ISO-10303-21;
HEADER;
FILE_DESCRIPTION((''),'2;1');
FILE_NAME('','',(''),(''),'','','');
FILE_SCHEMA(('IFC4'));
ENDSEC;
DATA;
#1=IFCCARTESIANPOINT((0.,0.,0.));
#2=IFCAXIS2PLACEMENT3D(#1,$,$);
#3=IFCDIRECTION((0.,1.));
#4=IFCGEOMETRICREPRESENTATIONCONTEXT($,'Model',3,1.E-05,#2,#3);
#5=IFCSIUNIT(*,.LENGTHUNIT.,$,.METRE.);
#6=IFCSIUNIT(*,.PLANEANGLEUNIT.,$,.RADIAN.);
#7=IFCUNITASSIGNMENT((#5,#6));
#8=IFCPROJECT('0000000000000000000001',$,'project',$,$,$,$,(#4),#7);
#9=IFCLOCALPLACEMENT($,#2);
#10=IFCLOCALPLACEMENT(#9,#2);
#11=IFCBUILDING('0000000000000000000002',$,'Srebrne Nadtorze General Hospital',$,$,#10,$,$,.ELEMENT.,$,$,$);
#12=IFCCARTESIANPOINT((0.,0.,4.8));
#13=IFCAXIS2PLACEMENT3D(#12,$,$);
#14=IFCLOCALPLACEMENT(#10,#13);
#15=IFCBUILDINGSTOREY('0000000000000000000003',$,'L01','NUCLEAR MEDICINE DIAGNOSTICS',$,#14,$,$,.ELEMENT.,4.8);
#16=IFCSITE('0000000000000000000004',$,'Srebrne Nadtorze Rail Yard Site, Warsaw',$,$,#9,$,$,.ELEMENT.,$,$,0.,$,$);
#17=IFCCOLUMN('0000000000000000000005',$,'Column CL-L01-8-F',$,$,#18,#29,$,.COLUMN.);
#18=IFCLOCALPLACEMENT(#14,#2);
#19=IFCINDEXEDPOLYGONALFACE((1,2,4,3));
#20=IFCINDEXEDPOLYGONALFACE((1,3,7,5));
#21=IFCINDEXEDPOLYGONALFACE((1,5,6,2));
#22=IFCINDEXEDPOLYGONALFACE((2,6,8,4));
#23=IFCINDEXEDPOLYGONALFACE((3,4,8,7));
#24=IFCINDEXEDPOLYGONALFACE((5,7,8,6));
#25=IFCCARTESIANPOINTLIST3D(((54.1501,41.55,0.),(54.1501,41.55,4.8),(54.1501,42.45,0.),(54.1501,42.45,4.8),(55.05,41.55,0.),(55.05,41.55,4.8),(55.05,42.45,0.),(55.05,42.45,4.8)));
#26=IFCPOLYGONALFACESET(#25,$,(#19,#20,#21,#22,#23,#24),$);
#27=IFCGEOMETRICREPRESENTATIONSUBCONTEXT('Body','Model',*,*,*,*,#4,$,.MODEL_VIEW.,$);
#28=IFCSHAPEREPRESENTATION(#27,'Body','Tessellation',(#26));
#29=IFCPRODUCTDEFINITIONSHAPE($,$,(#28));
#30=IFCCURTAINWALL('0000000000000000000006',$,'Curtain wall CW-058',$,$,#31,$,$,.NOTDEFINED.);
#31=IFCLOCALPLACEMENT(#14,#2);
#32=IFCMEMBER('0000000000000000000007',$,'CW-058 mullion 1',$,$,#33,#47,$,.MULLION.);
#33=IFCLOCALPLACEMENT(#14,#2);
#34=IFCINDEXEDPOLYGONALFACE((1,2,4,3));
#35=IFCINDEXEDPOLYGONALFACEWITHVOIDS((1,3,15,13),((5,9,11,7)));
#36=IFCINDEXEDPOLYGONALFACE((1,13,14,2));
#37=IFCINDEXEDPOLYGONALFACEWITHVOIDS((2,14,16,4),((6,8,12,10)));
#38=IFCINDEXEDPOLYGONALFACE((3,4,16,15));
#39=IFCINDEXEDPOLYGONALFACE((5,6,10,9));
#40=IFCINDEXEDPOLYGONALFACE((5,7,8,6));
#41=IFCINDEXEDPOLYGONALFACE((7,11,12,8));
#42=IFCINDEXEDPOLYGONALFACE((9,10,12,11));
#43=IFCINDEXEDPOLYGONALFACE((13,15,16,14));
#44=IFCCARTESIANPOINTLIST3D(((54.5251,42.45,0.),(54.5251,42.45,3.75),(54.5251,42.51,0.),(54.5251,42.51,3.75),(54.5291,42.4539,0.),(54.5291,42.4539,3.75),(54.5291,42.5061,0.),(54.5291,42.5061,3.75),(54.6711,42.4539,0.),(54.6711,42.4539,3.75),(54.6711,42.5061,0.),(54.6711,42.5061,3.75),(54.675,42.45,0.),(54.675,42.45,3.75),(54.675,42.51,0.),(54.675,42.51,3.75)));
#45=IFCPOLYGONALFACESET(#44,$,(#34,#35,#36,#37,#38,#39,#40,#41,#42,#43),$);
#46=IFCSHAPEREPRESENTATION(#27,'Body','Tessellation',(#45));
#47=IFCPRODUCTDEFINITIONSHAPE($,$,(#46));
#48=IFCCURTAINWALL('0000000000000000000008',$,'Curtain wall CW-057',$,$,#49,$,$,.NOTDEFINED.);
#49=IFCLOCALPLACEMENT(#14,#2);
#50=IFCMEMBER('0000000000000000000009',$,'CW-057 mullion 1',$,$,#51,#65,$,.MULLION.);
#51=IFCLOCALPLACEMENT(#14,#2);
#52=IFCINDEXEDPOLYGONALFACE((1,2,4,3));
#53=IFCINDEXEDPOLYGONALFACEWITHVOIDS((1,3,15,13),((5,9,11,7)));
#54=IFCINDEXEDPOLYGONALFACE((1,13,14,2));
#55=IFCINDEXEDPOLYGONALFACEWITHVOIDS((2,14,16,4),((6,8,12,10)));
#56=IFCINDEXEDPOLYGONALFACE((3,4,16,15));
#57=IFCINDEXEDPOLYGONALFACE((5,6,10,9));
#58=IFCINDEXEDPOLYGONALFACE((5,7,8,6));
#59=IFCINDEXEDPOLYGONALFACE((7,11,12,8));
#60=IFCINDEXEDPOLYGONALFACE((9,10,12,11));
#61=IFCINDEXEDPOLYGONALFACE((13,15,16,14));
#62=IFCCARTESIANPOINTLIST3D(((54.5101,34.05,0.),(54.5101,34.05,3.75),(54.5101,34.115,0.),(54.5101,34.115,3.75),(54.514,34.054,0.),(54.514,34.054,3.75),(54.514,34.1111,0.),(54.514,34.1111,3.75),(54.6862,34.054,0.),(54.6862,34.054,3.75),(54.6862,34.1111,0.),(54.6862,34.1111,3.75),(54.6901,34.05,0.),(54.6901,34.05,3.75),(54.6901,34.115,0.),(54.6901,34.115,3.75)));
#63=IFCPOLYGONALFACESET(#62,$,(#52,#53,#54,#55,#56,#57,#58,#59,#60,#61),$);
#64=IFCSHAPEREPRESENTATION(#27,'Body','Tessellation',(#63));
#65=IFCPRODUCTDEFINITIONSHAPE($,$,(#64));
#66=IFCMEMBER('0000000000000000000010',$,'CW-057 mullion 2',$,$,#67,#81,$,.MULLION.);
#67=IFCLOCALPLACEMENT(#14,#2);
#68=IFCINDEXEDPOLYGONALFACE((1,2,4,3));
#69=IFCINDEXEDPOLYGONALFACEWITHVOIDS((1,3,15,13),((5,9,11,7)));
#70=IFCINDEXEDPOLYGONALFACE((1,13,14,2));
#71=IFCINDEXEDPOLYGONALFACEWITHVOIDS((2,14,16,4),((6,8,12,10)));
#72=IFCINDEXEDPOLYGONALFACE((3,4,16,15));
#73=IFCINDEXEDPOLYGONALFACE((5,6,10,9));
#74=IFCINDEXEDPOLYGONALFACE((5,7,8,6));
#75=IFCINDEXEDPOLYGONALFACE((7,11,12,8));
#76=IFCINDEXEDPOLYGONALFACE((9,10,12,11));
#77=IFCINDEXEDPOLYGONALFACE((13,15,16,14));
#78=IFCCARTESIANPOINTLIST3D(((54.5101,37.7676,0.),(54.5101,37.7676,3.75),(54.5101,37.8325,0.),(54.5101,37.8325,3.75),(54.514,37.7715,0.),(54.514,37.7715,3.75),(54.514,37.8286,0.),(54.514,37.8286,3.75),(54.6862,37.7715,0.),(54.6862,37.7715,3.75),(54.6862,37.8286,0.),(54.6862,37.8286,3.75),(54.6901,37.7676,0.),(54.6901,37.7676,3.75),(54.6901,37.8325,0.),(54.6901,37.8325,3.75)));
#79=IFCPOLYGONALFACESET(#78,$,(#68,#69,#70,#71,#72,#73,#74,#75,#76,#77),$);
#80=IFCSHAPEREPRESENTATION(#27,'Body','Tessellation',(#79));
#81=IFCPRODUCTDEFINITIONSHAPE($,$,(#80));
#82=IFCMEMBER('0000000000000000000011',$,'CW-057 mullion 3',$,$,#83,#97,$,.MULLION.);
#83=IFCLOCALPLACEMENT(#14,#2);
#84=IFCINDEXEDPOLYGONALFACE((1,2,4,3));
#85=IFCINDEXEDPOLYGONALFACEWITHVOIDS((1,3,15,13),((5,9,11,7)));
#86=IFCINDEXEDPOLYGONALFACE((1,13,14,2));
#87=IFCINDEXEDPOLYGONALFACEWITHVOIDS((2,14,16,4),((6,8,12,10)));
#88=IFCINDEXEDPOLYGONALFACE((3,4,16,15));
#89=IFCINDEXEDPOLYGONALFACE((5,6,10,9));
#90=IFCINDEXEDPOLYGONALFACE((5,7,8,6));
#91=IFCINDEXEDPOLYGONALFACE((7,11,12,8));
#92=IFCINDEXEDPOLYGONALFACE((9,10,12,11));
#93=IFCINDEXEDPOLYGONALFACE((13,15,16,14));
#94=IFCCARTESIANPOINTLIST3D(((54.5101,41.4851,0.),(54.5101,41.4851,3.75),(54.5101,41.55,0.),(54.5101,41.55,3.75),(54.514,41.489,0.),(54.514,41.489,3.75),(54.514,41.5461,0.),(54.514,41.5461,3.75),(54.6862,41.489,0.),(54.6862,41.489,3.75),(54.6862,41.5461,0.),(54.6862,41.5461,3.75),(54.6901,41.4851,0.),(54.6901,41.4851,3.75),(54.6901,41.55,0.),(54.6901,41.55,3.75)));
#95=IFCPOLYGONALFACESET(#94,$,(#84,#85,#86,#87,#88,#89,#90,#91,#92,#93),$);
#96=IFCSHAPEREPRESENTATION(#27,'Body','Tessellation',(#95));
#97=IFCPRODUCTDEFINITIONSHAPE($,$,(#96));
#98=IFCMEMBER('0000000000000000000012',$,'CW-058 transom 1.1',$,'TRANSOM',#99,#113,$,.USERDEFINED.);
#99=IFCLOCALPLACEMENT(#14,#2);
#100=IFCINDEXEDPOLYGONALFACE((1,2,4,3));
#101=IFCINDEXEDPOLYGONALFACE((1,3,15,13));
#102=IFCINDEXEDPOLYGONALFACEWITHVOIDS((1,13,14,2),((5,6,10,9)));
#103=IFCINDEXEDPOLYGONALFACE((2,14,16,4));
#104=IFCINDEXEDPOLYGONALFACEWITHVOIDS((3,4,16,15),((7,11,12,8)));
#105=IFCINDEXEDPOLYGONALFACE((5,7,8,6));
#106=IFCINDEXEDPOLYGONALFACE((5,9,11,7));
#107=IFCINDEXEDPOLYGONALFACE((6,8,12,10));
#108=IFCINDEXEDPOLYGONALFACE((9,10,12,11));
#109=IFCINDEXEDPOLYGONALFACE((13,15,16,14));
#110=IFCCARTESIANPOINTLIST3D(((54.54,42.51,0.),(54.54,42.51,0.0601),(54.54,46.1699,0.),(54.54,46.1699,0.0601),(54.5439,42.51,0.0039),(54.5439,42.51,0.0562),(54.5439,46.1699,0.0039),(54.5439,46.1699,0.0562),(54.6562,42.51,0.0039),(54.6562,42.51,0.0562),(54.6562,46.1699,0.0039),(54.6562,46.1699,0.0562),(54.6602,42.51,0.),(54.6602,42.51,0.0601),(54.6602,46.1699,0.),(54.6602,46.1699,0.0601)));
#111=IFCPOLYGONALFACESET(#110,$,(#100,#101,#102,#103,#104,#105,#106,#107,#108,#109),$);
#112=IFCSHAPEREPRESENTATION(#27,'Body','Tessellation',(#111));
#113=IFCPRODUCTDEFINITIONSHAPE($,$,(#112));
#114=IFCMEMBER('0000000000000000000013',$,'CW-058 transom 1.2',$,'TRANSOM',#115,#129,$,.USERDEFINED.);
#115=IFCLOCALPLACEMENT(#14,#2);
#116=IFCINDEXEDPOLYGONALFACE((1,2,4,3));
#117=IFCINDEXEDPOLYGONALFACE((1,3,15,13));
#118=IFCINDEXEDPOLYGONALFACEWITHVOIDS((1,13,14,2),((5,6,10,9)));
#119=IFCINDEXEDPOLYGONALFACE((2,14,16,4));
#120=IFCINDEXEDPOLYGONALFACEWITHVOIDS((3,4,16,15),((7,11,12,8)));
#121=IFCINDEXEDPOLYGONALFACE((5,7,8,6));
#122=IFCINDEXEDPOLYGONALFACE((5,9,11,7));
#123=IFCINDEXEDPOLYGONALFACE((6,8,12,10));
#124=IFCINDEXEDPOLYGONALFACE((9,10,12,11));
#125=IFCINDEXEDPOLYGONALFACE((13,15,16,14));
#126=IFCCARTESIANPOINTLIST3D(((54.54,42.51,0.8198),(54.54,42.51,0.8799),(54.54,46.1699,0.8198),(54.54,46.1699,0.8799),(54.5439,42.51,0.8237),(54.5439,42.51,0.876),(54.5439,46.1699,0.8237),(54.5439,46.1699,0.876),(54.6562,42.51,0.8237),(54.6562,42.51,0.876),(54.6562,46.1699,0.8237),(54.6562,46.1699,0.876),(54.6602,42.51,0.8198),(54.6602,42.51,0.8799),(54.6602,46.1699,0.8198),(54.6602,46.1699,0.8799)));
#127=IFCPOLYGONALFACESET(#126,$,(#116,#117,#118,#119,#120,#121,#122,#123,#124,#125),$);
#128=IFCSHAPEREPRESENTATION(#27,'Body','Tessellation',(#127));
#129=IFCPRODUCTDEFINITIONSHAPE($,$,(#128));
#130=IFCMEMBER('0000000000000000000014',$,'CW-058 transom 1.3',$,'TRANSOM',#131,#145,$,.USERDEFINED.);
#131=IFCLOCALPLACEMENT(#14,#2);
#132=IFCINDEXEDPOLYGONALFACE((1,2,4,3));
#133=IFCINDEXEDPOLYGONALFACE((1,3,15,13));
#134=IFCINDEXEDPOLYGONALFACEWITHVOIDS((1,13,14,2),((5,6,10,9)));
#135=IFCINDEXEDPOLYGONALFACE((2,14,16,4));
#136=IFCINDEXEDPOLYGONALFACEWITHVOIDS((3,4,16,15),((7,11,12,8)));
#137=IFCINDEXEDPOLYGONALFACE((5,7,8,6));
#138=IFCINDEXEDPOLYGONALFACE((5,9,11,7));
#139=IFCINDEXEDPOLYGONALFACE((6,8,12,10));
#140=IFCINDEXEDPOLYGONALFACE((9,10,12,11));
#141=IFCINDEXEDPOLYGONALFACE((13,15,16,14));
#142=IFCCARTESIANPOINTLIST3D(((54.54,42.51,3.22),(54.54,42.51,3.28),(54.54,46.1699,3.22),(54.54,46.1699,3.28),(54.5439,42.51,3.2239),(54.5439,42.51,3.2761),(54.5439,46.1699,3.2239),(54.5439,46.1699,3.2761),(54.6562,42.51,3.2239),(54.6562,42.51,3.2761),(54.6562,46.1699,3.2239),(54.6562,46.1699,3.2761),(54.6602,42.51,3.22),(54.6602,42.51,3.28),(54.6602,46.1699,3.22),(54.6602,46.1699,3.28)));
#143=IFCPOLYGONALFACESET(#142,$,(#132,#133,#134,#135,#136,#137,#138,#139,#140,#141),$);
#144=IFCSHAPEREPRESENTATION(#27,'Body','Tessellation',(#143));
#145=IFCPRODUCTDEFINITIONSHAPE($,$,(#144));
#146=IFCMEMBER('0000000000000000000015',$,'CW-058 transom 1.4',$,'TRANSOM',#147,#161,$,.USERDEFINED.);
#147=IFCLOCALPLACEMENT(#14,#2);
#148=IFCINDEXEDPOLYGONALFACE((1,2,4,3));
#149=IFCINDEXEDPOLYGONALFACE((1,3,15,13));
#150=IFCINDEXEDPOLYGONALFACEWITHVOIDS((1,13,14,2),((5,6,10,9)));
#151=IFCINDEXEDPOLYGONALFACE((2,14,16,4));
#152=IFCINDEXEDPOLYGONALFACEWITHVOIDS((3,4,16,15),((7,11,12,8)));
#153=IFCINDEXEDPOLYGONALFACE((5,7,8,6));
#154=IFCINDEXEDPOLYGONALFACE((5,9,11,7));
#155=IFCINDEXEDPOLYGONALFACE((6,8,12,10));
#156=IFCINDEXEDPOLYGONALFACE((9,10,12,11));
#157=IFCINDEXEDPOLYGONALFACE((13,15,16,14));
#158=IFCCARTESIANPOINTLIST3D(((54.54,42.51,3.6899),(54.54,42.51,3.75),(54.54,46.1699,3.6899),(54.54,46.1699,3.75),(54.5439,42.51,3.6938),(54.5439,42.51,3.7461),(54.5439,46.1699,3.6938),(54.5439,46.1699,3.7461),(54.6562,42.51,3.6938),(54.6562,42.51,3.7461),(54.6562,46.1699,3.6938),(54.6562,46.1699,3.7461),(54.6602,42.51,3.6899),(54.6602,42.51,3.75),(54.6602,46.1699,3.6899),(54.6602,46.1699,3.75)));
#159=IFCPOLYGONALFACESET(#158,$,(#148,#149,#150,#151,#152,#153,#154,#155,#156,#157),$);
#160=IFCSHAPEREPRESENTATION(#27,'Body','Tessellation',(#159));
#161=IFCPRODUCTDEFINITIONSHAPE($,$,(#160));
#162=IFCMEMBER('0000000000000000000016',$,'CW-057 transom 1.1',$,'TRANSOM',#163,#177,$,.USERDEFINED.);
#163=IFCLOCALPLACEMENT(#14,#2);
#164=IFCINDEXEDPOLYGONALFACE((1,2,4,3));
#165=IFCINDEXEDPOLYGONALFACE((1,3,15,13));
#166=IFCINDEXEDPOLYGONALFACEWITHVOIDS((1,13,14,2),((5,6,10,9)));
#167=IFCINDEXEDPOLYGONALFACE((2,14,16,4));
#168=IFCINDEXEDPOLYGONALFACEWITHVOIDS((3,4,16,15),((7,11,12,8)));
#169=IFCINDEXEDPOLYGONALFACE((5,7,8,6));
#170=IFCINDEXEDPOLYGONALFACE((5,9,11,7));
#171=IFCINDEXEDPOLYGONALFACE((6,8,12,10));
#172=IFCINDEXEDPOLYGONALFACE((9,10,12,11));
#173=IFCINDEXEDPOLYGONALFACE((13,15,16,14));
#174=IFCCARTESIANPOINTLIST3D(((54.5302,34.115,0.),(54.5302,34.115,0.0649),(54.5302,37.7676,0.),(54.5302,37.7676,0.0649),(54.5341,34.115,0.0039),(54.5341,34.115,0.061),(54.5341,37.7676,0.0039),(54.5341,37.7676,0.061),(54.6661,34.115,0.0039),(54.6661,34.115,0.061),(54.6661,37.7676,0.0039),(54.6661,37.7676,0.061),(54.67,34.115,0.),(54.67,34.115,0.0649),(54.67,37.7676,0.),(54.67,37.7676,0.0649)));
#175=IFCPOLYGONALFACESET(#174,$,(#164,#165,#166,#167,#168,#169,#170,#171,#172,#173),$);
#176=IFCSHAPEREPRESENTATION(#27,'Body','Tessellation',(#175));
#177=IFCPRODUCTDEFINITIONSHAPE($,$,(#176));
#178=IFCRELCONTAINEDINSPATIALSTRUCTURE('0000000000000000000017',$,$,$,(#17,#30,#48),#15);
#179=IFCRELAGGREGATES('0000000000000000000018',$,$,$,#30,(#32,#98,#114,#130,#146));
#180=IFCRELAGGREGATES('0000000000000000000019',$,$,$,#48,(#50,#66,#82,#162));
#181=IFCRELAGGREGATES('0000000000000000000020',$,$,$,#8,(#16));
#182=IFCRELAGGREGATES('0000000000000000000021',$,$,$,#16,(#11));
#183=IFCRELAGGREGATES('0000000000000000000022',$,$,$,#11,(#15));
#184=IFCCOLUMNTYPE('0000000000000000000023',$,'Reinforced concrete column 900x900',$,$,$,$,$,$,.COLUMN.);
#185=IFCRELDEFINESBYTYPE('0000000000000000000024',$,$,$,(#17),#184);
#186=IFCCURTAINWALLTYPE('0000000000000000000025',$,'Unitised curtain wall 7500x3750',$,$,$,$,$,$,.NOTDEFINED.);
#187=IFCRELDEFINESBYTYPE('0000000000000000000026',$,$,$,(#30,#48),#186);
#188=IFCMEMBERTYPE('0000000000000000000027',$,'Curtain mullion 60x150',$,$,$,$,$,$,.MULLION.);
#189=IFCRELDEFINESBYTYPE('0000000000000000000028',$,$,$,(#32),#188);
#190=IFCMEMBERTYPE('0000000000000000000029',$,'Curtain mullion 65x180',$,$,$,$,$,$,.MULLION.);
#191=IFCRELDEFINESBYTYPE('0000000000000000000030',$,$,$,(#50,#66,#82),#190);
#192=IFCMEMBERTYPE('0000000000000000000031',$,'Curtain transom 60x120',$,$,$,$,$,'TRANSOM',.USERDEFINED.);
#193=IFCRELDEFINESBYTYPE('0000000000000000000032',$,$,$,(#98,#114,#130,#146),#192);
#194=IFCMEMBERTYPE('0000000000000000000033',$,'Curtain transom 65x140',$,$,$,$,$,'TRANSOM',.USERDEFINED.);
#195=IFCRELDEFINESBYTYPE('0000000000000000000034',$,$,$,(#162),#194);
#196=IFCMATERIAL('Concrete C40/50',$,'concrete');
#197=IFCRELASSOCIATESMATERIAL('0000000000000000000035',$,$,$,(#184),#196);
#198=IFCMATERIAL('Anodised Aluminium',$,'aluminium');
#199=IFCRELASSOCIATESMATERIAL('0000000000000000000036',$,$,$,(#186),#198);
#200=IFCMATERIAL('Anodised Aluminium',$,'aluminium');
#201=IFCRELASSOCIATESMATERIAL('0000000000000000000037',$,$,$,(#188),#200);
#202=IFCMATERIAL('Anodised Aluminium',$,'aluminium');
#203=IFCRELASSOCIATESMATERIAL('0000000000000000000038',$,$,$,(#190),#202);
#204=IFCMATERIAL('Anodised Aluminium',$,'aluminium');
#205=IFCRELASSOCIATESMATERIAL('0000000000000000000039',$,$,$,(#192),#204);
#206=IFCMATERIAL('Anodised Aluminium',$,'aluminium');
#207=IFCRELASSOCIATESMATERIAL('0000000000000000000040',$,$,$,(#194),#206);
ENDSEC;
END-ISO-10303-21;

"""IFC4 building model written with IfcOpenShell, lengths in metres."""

from ifc_helpers import new_model, si_unit, direction, frame, origin, origin_2d, place, context, subcontext, project, spatial, rectangle, hollow_rectangle, extrude, material, material_profile, profile_set, type_object, element, aggregate, save


model = new_model("IFC4")

# Units and contexts
model_context = context("Model", 3, precision=1e-05, world=origin(), true_north=direction((0.0, 1.0)))
body_context = subcontext(model_context, "Body", "Model", "MODEL_VIEW")
ifc_project = project(units=[si_unit("LENGTHUNIT", "METRE"), si_unit("PLANEANGLEUNIT", "RADIAN")], contexts=[model_context])

# Site, building, storey
site_placement = place(None, origin())
site = spatial("IfcSite", under=ifc_project, at=site_placement, Name="Srebrne Nadtorze Rail Yard Site, Warsaw", CompositionType="ELEMENT", RefElevation=0.0)
building_placement = place(site_placement, origin())
building = spatial("IfcBuilding", under=site, at=building_placement, Name="Srebrne Nadtorze General Hospital", CompositionType="ELEMENT")
storey_placement = place(building_placement, frame((0.0, 0.0, 4.8)))
storey = spatial("IfcBuildingStorey", under=building, at=storey_placement, Name="L01", Description="NUCLEAR MEDICINE DIAGNOSTICS", CompositionType="ELEMENT", Elevation=4.8)

# Column
ifc_material_1 = material(Name="Concrete C40/50", Category="concrete")
ifc_material_profile_1 = material_profile(ifc_material_1, rectangle(XDim=0.8999, YDim=0.8999, at=origin_2d()), Name="RC-COL-900x900")
ifc_profile_set_1 = profile_set([ifc_material_profile_1], Name="Concrete C40/50")
column_type = type_object("IfcColumnType", Name="Reinforced concrete column 900x900", PredefinedType="COLUMN", material=ifc_profile_set_1)
column_placement = place(storey_placement, frame((54.6001, 42.0, 0.0), z_axis=(0.0, 0.0, 1.0), x_axis=(1.0, 0.0, 0.0)))
element("IfcColumn", 1, at=column_placement, inside=storey, type_object=column_type, Name="Column CL-L01-8-F", PredefinedType="COLUMN", context=body_context, shape_type="SweptSolid", body=[
    extrude(rectangle(XDim=0.8999, YDim=0.8999, at=origin_2d()), origin(), (0.0, 0.0, 1.0), 4.8),
])

# Curtain wall, member
ifc_material_2 = material(Name="Anodised Aluminium", Category="aluminium")
curtain_wall_type = type_object("IfcCurtainWallType", Name="Unitised curtain wall 7500x3750", PredefinedType="NOTDEFINED", material=ifc_material_2)
curtain_wall_1_placement = place(storey_placement, origin())
curtain_wall_1 = element("IfcCurtainWall", 2, at=curtain_wall_1_placement, inside=storey, type_object=curtain_wall_type, Name="Curtain wall CW-058", PredefinedType="NOTDEFINED")
ifc_material_3 = material(Name="Anodised Aluminium", Category="aluminium")
ifc_material_profile_2 = material_profile(ifc_material_3, hollow_rectangle(XDim=0.0601, YDim=0.1499, WallThickness=0.0039, at=origin_2d()), Name="AL-MUL-60x150")
ifc_profile_set_2 = profile_set([ifc_material_profile_2], Name="Anodised Aluminium")
member_type_1 = type_object("IfcMemberType", Name="Curtain mullion 60x150", PredefinedType="MULLION", material=ifc_profile_set_2)
member_1_placement = place(storey_placement, frame((54.6001, 42.48, 0.0), z_axis=(0.0, 0.0, 1.0), x_axis=(0.0, 1.0, 0.0)))
member_1 = element("IfcMember", 3, at=member_1_placement, type_object=member_type_1, Name="CW-058 mullion 1", PredefinedType="MULLION", context=body_context, shape_type="SweptSolid", body=[
    extrude(hollow_rectangle(XDim=0.0601, YDim=0.1499, WallThickness=0.0039, at=origin_2d()), origin(), (0.0, 0.0, 1.0), 3.75),
])

# Curtain wall, members
curtain_wall_2_placement = place(storey_placement, origin())
curtain_wall_2 = element("IfcCurtainWall", 4, at=curtain_wall_2_placement, inside=storey, type_object=curtain_wall_type, Name="Curtain wall CW-057", PredefinedType="NOTDEFINED")
ifc_material_4 = material(Name="Anodised Aluminium", Category="aluminium")
ifc_material_profile_3 = material_profile(ifc_material_4, hollow_rectangle(XDim=0.0649, YDim=0.1799, WallThickness=0.0039, at=origin_2d()), Name="AL-MUL-65x180")
ifc_profile_set_3 = profile_set([ifc_material_profile_3], Name="Anodised Aluminium")
member_type_2 = type_object("IfcMemberType", Name="Curtain mullion 65x180", PredefinedType="MULLION", material=ifc_profile_set_3)
member_2_placement = place(storey_placement, frame((54.6001, 34.0825, 0.0), z_axis=(0.0, 0.0, 1.0), x_axis=(0.0, 1.0, 0.0)))
member_2 = element("IfcMember", 5, at=member_2_placement, type_object=member_type_2, Name="CW-057 mullion 1", PredefinedType="MULLION", context=body_context, shape_type="SweptSolid", body=[
    extrude(hollow_rectangle(XDim=0.0649, YDim=0.1799, WallThickness=0.0039, at=origin_2d()), origin(), (0.0, 0.0, 1.0), 3.75),
])
member_3_placement = place(storey_placement, frame((54.6001, 37.8, 0.0), z_axis=(0.0, 0.0, 1.0), x_axis=(0.0, 1.0, 0.0)))
member_3 = element("IfcMember", 6, at=member_3_placement, type_object=member_type_2, Name="CW-057 mullion 2", PredefinedType="MULLION", context=body_context, shape_type="SweptSolid", body=[
    extrude(hollow_rectangle(XDim=0.0649, YDim=0.1799, WallThickness=0.0039, at=origin_2d()), origin(), (0.0, 0.0, 1.0), 3.75),
])
member_4_placement = place(storey_placement, frame((54.6001, 41.5176, 0.0), z_axis=(0.0, 0.0, 1.0), x_axis=(0.0, 1.0, 0.0)))
member_4 = element("IfcMember", 7, at=member_4_placement, type_object=member_type_2, Name="CW-057 mullion 3", PredefinedType="MULLION", context=body_context, shape_type="SweptSolid", body=[
    extrude(hollow_rectangle(XDim=0.0649, YDim=0.1799, WallThickness=0.0039, at=origin_2d()), origin(), (0.0, 0.0, 1.0), 3.75),
])

# Members
ifc_material_5 = material(Name="Anodised Aluminium", Category="aluminium")
ifc_material_profile_4 = material_profile(ifc_material_5, hollow_rectangle(XDim=0.0601, YDim=0.1201, WallThickness=0.0039, at=origin_2d()), Name="AL-TRN-60x120")
ifc_profile_set_4 = profile_set([ifc_material_profile_4], Name="Anodised Aluminium")
member_type_3 = type_object("IfcMemberType", Name="Curtain transom 60x120", ElementType="TRANSOM", PredefinedType="USERDEFINED", material=ifc_profile_set_4)
member_5_placement = place(storey_placement, frame((54.6001, 42.51, 0.03), z_axis=(0.0, 1.0, 0.0), x_axis=(0.0, 0.0, 1.0)))
member_5 = element("IfcMember", 8, at=member_5_placement, type_object=member_type_3, Name="CW-058 transom 1.1", ObjectType="TRANSOM", PredefinedType="USERDEFINED", context=body_context, shape_type="SweptSolid", body=[
    extrude(hollow_rectangle(XDim=0.0601, YDim=0.1201, WallThickness=0.0039, at=origin_2d()), origin(), (0.0, 0.0, 1.0), 3.6599),
])
member_6_placement = place(storey_placement, frame((54.6001, 42.51, 0.8499), z_axis=(0.0, 1.0, 0.0), x_axis=(0.0, 0.0, 1.0)))
member_6 = element("IfcMember", 9, at=member_6_placement, type_object=member_type_3, Name="CW-058 transom 1.2", ObjectType="TRANSOM", PredefinedType="USERDEFINED", context=body_context, shape_type="SweptSolid", body=[
    extrude(hollow_rectangle(XDim=0.0601, YDim=0.1201, WallThickness=0.0039, at=origin_2d()), origin(), (0.0, 0.0, 1.0), 3.6599),
])
member_7_placement = place(storey_placement, frame((54.6001, 42.51, 3.25), z_axis=(0.0, 1.0, 0.0), x_axis=(0.0, 0.0, 1.0)))
member_7 = element("IfcMember", 10, at=member_7_placement, type_object=member_type_3, Name="CW-058 transom 1.3", ObjectType="TRANSOM", PredefinedType="USERDEFINED", context=body_context, shape_type="SweptSolid", body=[
    extrude(hollow_rectangle(XDim=0.0601, YDim=0.1201, WallThickness=0.0039, at=origin_2d()), origin(), (0.0, 0.0, 1.0), 3.6599),
])
member_8_placement = place(storey_placement, frame((54.6001, 42.51, 3.72), z_axis=(0.0, 1.0, 0.0), x_axis=(0.0, 0.0, 1.0)))
member_8 = element("IfcMember", 11, at=member_8_placement, type_object=member_type_3, Name="CW-058 transom 1.4", ObjectType="TRANSOM", PredefinedType="USERDEFINED", context=body_context, shape_type="SweptSolid", body=[
    extrude(hollow_rectangle(XDim=0.0601, YDim=0.1201, WallThickness=0.0039, at=origin_2d()), origin(), (0.0, 0.0, 1.0), 3.6599),
])
aggregate(curtain_wall_1, [member_1, member_5, member_6, member_7, member_8])
ifc_material_6 = material(Name="Anodised Aluminium", Category="aluminium")
ifc_material_profile_5 = material_profile(ifc_material_6, hollow_rectangle(XDim=0.0649, YDim=0.1399, WallThickness=0.0039, at=origin_2d()), Name="AL-TRN-65x140")
ifc_profile_set_5 = profile_set([ifc_material_profile_5], Name="Anodised Aluminium")
member_type_4 = type_object("IfcMemberType", Name="Curtain transom 65x140", ElementType="TRANSOM", PredefinedType="USERDEFINED", material=ifc_profile_set_5)
member_9_placement = place(storey_placement, frame((54.6001, 34.115, 0.0325), z_axis=(0.0, 1.0, 0.0), x_axis=(0.0, 0.0, 1.0)))
member_9 = element("IfcMember", 12, at=member_9_placement, type_object=member_type_4, Name="CW-057 transom 1.1", ObjectType="TRANSOM", PredefinedType="USERDEFINED", context=body_context, shape_type="SweptSolid", body=[
    extrude(hollow_rectangle(XDim=0.0649, YDim=0.1399, WallThickness=0.0039, at=origin_2d()), origin(), (0.0, 0.0, 1.0), 3.6526),
])

aggregate(curtain_wall_2, [member_2, member_3, member_4, member_9])

save(model, "model.ifc")
